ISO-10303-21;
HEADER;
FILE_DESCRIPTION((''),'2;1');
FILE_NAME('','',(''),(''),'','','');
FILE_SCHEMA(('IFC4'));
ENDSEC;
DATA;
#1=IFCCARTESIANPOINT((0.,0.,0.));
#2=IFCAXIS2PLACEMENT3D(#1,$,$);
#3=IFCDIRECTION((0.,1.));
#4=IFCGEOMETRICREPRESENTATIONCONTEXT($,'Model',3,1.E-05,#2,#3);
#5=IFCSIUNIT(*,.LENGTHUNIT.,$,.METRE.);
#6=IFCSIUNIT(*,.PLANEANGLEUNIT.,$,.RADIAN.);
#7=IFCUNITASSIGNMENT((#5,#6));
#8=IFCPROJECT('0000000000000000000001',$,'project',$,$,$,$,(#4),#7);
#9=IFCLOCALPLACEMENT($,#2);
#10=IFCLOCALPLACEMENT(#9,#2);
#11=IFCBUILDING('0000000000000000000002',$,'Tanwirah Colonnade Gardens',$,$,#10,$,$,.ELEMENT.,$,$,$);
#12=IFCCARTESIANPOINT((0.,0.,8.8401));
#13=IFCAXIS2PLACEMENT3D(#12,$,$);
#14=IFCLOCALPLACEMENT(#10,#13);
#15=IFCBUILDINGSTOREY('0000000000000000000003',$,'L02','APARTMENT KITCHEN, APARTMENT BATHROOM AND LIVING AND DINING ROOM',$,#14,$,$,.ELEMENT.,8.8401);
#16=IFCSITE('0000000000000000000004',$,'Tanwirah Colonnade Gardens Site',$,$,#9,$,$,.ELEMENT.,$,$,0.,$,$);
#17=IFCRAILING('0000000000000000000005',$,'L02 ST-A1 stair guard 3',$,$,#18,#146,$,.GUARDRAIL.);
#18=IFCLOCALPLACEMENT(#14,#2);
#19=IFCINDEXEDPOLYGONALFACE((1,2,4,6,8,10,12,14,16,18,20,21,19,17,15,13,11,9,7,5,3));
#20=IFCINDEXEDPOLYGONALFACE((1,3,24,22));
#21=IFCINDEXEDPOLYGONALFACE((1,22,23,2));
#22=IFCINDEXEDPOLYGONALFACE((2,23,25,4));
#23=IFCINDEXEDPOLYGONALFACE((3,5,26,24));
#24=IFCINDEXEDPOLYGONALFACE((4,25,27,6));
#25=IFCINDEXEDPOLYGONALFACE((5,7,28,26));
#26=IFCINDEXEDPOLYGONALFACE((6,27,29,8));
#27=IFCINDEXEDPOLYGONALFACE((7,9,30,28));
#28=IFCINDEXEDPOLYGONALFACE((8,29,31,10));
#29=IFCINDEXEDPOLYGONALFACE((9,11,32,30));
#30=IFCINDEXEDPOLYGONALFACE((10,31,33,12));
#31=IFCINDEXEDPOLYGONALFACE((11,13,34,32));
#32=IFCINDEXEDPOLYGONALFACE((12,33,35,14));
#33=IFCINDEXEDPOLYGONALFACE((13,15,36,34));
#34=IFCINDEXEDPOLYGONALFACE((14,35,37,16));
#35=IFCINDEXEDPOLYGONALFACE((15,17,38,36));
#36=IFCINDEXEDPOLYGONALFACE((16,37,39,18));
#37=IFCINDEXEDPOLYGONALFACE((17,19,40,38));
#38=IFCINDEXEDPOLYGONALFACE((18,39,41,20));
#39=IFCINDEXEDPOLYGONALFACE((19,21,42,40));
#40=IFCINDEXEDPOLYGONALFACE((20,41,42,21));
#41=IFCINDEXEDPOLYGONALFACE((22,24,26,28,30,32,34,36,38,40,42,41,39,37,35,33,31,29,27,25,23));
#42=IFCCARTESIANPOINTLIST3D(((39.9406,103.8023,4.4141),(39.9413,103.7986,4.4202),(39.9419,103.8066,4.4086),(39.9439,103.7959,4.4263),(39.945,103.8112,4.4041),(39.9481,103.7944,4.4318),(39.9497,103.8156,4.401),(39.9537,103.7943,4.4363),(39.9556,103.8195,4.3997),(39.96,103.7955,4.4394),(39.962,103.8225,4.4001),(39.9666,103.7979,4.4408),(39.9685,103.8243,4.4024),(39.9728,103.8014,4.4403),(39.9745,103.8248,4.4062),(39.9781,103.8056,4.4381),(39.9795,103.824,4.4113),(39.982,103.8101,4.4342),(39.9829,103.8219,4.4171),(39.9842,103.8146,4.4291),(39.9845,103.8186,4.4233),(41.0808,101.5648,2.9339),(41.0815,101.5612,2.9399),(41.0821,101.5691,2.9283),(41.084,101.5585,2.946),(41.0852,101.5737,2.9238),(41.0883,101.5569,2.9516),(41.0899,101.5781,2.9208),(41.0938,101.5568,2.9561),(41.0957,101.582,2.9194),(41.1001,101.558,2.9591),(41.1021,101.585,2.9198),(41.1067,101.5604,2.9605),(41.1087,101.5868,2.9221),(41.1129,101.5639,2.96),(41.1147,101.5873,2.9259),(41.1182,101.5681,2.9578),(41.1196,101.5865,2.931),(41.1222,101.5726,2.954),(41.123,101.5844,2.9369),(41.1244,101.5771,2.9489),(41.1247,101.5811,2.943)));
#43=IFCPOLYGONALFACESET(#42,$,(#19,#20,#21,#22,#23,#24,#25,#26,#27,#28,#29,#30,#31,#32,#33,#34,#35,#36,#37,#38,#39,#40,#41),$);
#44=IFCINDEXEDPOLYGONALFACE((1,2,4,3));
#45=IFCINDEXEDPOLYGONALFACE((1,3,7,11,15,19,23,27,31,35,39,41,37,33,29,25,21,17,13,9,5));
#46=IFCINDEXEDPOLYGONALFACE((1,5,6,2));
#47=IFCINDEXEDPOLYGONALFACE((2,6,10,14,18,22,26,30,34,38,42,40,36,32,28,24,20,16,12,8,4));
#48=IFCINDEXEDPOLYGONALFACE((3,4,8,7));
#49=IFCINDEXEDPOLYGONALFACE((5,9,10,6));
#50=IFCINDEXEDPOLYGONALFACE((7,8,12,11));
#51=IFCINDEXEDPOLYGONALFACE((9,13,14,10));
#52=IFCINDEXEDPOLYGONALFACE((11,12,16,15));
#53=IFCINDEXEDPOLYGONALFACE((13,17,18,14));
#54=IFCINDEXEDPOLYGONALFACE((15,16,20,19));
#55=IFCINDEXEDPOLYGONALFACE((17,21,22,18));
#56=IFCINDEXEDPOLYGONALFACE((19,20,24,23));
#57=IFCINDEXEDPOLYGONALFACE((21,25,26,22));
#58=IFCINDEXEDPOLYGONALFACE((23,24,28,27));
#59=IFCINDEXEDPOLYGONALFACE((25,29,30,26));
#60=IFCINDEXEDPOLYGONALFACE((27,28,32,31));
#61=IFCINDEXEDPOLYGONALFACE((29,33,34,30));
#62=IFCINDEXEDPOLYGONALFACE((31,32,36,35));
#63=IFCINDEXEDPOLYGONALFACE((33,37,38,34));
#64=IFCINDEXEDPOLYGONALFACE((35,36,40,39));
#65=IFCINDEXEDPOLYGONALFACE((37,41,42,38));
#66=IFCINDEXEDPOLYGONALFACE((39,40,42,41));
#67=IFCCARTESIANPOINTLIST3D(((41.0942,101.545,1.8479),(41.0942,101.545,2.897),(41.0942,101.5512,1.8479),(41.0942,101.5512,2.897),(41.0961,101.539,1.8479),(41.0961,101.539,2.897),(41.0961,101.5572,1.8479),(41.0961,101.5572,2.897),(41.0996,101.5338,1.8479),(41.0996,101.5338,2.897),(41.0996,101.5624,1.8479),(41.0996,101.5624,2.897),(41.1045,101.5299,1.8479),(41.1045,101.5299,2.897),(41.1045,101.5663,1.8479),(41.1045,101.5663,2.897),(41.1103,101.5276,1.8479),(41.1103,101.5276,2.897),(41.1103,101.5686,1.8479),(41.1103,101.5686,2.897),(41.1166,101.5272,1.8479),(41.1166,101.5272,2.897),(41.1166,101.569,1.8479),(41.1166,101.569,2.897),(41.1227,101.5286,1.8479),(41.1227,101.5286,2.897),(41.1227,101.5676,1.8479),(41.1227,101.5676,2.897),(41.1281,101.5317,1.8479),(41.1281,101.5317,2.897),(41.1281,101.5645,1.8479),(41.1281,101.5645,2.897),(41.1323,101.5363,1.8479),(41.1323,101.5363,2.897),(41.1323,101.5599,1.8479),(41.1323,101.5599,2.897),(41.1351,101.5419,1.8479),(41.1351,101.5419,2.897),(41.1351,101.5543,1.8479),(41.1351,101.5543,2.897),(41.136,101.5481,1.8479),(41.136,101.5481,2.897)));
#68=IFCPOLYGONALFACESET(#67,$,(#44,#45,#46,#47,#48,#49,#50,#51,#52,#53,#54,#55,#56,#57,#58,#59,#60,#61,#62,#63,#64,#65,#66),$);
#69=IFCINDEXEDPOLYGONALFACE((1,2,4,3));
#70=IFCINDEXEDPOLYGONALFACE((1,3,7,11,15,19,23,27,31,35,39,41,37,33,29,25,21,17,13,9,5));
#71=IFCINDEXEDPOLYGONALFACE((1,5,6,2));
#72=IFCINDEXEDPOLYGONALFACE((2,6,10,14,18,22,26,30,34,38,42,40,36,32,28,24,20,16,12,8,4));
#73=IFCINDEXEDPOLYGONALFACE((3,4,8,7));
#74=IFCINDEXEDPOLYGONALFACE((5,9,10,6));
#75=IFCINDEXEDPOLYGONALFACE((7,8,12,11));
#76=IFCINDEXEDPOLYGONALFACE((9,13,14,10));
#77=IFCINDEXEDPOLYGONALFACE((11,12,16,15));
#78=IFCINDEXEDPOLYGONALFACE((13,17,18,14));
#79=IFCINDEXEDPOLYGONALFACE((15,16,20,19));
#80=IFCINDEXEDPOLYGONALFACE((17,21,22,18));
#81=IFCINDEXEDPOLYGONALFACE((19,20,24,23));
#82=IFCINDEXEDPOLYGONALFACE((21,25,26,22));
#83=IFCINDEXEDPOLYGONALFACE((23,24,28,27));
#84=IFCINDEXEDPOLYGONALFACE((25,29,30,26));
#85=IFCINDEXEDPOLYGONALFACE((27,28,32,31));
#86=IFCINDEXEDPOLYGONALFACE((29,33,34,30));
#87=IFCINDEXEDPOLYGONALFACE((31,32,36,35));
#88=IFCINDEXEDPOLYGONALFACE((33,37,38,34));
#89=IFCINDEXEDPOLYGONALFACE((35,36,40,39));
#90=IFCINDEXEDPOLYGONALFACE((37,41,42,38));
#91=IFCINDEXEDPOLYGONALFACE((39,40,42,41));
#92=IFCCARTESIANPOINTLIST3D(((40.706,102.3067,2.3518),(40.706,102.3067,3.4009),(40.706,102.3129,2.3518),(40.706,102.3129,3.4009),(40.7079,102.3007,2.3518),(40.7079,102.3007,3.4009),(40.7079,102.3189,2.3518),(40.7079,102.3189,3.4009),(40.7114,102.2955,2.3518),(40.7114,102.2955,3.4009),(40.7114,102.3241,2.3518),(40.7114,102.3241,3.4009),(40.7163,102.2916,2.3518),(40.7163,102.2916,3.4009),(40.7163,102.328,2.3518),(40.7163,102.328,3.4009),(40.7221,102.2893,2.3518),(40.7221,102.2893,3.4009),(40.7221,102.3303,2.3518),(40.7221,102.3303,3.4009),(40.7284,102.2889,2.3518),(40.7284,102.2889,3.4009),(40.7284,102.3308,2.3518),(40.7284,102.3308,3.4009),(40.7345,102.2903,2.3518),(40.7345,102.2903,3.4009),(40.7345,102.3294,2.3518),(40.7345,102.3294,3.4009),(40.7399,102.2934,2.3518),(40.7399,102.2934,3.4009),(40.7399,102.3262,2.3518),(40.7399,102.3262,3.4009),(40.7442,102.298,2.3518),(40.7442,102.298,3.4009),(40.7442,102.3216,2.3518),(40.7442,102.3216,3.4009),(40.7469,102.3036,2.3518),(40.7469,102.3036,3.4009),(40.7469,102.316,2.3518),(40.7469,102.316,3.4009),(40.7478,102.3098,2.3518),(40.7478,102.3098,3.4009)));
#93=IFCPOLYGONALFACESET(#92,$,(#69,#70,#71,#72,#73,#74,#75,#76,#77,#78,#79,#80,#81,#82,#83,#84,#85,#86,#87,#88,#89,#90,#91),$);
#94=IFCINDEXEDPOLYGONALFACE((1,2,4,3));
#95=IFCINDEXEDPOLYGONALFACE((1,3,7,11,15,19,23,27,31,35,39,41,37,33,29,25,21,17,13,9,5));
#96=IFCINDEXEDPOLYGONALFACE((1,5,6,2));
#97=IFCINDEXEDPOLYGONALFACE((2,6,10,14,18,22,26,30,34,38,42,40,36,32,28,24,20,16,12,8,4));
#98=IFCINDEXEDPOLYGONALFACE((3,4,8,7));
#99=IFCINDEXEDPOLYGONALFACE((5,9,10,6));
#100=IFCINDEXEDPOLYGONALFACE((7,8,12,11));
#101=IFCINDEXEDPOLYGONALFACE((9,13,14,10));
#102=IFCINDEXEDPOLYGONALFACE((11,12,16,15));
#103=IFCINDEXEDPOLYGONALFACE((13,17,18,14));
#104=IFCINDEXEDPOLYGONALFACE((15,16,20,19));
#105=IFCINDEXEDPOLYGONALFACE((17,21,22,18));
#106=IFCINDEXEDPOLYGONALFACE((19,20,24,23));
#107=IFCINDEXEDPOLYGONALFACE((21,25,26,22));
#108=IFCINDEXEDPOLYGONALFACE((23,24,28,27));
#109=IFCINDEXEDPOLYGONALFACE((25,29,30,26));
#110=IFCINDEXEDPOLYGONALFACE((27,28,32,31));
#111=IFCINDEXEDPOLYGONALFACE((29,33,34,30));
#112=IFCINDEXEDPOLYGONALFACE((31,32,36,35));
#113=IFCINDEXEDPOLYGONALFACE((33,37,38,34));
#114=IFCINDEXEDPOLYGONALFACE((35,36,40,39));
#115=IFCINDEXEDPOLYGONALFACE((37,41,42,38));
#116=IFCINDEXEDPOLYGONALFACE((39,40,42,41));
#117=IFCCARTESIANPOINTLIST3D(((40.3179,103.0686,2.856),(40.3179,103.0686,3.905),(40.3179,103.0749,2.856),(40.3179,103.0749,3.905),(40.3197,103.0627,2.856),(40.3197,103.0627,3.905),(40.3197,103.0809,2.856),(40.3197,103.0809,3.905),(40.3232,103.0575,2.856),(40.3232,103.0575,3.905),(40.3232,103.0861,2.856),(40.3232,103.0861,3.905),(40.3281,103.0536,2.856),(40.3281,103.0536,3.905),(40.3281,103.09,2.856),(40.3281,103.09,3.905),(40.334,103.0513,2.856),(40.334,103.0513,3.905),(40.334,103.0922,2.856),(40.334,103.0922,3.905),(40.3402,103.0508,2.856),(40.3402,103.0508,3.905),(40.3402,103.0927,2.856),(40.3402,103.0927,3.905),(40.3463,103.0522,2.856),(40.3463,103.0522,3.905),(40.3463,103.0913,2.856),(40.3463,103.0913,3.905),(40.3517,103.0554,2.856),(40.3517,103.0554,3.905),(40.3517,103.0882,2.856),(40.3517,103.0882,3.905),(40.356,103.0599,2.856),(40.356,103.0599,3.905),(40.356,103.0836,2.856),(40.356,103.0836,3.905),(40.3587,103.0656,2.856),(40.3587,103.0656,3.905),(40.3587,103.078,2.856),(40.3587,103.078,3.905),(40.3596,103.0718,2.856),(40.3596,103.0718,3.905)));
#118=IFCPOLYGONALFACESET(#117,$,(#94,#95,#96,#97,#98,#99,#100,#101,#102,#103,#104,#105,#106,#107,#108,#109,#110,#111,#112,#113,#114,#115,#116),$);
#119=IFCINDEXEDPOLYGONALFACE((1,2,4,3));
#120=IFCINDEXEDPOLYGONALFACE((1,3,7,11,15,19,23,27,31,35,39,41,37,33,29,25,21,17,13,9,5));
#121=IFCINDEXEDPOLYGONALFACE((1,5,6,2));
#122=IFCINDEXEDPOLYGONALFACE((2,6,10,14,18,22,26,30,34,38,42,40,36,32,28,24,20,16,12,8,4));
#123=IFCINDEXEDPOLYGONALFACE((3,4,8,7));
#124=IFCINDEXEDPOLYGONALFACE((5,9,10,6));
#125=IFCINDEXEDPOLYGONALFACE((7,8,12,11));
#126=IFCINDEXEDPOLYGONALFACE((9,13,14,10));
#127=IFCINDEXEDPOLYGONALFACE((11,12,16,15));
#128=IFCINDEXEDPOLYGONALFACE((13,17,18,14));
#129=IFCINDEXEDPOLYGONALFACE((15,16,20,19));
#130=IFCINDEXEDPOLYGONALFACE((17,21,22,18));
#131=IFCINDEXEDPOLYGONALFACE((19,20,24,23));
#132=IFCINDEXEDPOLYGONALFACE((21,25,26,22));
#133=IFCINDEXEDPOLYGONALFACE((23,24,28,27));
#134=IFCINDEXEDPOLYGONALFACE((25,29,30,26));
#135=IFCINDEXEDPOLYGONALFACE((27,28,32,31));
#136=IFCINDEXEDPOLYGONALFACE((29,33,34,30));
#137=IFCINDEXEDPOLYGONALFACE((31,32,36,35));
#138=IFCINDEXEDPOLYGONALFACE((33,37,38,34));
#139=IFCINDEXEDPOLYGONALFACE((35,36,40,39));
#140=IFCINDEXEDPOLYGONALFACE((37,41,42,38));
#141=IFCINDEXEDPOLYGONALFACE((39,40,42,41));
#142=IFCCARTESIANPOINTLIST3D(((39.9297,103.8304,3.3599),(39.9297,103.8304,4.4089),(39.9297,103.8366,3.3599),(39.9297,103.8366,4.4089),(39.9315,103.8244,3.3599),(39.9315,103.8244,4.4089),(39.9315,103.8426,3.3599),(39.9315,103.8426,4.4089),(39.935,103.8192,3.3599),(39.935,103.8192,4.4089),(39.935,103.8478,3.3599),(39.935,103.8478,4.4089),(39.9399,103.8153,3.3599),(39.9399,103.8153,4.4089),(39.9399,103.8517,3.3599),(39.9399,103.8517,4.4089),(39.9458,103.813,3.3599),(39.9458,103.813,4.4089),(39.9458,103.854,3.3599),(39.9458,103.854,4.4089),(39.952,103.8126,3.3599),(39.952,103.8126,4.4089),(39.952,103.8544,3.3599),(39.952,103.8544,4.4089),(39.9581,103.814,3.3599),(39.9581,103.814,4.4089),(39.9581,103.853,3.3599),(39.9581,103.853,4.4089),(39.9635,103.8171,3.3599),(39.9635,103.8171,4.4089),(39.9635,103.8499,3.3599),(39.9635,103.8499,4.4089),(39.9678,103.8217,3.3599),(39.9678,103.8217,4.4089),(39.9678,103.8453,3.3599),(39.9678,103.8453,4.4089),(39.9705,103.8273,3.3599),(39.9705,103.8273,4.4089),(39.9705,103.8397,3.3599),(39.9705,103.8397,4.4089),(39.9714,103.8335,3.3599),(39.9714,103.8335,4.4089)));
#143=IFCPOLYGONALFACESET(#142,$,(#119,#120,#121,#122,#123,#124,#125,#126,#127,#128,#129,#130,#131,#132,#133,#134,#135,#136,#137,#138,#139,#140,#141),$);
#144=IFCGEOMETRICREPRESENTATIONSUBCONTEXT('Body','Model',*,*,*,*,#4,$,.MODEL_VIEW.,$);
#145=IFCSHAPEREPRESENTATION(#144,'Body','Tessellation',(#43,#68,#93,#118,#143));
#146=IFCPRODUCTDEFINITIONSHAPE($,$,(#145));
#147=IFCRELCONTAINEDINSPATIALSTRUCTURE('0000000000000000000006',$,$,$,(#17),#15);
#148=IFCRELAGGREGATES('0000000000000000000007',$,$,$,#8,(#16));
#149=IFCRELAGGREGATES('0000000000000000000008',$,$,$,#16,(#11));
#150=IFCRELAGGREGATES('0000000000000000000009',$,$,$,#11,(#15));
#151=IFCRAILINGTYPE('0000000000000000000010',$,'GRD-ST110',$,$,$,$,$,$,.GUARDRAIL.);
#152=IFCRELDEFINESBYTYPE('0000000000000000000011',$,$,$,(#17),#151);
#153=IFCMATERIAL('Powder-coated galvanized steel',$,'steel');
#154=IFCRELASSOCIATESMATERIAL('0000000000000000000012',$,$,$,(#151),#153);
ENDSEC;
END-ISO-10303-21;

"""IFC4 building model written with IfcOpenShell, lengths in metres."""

from ifc_helpers import new_model, si_unit, direction, frame, origin, origin_2d, place, context, subcontext, project, spatial, circle, extrude, material, type_object, element, save


model = new_model("IFC4")

# Units and contexts
model_context = context("Model", 3, precision=1e-05, world=origin(), true_north=direction((0.0, 1.0)))
body_context = subcontext(model_context, "Body", "Model", "MODEL_VIEW")
ifc_project = project(units=[si_unit("LENGTHUNIT", "METRE"), si_unit("PLANEANGLEUNIT", "RADIAN")], contexts=[model_context])

# Site, building, storey
site_placement = place(None, origin())
site = spatial("IfcSite", under=ifc_project, at=site_placement, Name="Tanwirah Colonnade Gardens Site", CompositionType="ELEMENT", RefElevation=0.0)
building_placement = place(site_placement, origin())
building = spatial("IfcBuilding", under=site, at=building_placement, Name="Tanwirah Colonnade Gardens", CompositionType="ELEMENT")
storey_placement = place(building_placement, frame((0.0, 0.0, 8.8401)))
storey = spatial("IfcBuildingStorey", under=building, at=storey_placement, Name="L02", Description="APARTMENT KITCHEN, APARTMENT BATHROOM AND LIVING AND DINING ROOM", CompositionType="ELEMENT", Elevation=8.8401)

# Railing
ifc_material_1 = material(Name="Powder-coated galvanized steel", Category="steel")
railing_type_1 = type_object("IfcRailingType", Name="GRD-ST110", PredefinedType="GUARDRAIL", material=ifc_material_1)
railing_1_placement = place(storey_placement, frame((41.115, 101.5481, 1.8479)))
element("IfcRailing", 1, at=railing_1_placement, inside=storey, type_object=railing_type_1, Name="L02 ST-A1 stair guard 3", PredefinedType="GUARDRAIL", context=body_context, shape_type="SweptSolid", body=[
    extrude(circle(Radius=0.0239, at=origin_2d()), frame((-0.0122, 0.0239, 1.092), z_axis=(-0.391122, 0.767567, 0.507803), x_axis=(-0.890994, -0.454016, 0.0)), (0.0, 0.0, 1.0), 2.915),
    extrude(circle(Radius=0.021, at=origin_2d()), origin(), (0.0, 0.0, 1.0), 1.0491),
    extrude(circle(Radius=0.021, at=origin_2d()), frame((-0.3882, 0.7617, 0.5039)), (0.0, 0.0, 1.0), 1.0491),
    extrude(circle(Radius=0.021, at=origin_2d()), frame((-0.7764, 1.5237, 1.0081)), (0.0, 0.0, 1.0), 1.0491),
    extrude(circle(Radius=0.021, at=origin_2d()), frame((-1.1646, 2.2854, 1.512)), (0.0, 0.0, 1.0), 1.0491),
])

save(model, "model.ifc")
